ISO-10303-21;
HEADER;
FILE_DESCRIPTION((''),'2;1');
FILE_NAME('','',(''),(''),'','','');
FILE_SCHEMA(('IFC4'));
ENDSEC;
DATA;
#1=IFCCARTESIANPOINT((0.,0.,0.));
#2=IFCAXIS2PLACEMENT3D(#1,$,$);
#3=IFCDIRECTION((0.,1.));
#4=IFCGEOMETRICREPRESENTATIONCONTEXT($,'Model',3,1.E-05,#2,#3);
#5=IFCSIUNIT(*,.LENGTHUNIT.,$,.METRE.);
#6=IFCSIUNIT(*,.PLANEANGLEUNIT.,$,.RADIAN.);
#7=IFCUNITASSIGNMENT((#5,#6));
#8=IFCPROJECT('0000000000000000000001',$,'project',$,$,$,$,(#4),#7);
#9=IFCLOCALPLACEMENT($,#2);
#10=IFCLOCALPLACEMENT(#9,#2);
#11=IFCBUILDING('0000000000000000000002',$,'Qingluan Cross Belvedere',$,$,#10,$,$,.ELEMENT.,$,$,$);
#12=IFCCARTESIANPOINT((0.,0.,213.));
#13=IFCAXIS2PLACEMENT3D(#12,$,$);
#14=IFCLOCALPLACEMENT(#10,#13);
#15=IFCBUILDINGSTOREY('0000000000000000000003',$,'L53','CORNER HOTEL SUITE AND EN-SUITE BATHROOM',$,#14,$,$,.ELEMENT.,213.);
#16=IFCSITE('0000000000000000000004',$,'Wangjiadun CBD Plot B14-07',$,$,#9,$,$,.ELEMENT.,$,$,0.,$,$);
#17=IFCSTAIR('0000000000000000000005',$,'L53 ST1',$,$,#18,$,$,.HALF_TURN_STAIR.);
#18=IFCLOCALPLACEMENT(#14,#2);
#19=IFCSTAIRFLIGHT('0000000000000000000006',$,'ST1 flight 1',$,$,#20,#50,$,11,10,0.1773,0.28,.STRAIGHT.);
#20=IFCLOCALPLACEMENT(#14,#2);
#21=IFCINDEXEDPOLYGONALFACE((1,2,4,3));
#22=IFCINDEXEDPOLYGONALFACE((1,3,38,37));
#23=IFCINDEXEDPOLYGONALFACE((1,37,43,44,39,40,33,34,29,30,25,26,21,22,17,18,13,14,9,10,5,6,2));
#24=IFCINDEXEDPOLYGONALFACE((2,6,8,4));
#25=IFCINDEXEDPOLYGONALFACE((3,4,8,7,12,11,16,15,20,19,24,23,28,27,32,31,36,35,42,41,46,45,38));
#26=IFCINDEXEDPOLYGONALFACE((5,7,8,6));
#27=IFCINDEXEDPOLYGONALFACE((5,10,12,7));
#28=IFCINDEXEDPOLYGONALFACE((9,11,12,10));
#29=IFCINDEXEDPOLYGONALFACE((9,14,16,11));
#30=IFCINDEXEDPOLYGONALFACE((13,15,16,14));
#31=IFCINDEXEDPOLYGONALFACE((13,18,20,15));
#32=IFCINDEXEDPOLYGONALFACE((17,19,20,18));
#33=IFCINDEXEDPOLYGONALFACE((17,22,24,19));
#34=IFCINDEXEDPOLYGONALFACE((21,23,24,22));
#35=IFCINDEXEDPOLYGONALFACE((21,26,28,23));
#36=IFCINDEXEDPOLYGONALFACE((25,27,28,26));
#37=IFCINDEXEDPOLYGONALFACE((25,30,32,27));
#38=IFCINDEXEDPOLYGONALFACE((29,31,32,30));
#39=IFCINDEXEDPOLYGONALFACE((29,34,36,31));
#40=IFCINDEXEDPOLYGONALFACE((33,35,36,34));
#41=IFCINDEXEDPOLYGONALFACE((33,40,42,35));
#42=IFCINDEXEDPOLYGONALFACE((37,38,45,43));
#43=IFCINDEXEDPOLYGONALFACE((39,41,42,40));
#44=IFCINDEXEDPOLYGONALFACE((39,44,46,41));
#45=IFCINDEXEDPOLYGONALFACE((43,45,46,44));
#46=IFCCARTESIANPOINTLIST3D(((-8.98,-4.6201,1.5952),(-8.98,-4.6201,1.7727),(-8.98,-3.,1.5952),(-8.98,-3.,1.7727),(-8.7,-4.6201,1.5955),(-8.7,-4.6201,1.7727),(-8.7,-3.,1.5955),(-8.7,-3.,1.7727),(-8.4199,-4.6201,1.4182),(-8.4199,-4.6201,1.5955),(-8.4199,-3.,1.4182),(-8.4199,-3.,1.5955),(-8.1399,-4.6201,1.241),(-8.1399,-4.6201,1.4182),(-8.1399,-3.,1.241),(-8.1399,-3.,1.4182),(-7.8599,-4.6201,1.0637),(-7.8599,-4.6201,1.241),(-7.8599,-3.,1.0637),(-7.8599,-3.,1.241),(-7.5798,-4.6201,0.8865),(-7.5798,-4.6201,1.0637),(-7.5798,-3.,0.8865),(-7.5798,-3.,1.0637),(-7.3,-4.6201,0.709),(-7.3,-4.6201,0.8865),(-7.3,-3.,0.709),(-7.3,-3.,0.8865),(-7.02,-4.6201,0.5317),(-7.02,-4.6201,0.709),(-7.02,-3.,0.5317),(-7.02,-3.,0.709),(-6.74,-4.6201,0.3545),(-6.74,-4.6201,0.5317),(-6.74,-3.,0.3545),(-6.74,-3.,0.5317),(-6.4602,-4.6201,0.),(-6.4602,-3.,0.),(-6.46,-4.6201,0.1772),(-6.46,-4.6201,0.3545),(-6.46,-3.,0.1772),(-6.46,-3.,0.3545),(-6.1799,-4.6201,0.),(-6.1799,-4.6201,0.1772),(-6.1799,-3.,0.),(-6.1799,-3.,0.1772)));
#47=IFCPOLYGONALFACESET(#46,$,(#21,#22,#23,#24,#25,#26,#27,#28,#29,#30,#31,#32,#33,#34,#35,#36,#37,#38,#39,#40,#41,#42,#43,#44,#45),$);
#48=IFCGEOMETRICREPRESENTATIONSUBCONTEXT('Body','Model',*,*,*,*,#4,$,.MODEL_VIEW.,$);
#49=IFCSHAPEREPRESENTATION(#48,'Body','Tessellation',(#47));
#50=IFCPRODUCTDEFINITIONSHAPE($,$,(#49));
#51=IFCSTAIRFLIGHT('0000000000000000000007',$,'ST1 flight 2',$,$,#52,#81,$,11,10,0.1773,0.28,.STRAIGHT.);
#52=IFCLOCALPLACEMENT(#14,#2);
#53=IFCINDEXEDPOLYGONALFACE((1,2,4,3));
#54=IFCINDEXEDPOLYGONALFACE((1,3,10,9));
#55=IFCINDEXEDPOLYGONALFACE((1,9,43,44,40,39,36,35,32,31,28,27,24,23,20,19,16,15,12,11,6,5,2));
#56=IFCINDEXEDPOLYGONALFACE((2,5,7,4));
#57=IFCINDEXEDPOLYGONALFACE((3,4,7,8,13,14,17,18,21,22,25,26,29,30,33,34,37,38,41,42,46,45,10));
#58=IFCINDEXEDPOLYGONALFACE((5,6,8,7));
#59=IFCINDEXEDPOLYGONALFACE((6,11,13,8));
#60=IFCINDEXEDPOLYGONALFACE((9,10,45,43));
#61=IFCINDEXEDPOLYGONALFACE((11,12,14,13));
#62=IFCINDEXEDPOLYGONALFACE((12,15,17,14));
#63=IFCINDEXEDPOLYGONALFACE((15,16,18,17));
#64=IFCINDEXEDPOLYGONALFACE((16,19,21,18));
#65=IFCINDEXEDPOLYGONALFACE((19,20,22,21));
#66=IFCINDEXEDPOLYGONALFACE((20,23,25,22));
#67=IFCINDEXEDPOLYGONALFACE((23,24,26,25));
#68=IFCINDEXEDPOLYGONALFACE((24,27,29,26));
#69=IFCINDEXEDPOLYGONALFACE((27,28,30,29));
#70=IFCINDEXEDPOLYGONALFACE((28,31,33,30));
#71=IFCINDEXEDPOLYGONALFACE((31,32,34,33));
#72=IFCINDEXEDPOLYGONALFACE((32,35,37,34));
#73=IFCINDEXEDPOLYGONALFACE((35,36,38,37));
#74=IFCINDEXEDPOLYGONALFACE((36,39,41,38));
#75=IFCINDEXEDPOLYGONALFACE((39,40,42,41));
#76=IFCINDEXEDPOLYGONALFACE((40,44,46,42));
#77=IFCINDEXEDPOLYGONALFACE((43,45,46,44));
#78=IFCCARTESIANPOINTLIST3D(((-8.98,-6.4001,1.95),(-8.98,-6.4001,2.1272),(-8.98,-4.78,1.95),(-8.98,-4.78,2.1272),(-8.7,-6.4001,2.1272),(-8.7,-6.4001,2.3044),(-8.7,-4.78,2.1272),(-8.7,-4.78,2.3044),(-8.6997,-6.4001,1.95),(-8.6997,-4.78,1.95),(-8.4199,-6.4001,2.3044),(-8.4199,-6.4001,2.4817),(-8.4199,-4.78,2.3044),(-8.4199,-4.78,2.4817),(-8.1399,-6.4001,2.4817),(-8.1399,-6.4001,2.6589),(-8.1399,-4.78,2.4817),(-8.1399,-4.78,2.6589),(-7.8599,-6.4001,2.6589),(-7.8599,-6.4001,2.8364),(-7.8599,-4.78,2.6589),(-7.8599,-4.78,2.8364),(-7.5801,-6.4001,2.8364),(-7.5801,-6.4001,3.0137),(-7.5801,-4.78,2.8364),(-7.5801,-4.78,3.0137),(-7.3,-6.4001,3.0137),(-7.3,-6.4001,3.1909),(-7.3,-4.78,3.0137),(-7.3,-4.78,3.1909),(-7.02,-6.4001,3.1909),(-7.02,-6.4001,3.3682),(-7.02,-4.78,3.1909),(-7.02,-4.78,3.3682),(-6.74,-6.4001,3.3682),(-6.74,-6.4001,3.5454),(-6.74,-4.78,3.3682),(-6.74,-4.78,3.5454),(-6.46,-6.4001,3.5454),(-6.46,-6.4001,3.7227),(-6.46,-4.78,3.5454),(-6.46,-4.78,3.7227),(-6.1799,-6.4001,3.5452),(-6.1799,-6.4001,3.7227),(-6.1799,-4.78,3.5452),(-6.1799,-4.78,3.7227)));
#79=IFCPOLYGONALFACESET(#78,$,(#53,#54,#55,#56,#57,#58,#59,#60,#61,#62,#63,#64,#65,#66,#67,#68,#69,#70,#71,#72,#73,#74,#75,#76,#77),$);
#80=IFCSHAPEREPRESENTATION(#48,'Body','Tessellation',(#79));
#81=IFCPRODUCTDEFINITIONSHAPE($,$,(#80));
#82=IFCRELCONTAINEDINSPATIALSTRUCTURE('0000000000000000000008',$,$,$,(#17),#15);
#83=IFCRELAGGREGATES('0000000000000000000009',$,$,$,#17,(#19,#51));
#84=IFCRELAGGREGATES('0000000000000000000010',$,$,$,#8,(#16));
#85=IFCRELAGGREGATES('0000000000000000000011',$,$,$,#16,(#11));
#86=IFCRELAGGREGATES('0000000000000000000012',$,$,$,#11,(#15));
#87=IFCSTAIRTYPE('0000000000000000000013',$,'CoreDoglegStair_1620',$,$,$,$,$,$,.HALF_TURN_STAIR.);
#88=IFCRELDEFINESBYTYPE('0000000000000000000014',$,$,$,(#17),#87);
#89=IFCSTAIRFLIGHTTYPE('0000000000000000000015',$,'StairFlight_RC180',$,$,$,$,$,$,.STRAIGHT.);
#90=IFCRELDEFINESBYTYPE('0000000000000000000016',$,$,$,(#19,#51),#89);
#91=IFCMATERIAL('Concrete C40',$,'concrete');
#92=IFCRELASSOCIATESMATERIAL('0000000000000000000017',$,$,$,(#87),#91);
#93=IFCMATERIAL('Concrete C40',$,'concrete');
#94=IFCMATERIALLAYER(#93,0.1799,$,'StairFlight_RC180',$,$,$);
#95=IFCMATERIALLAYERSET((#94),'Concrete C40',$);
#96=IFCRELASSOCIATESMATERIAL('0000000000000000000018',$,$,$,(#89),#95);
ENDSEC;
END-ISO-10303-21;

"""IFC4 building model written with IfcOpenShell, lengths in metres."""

from ifc_helpers import new_model, si_unit, direction, frame, origin, place, context, subcontext, project, spatial, polyline, outline, extrude, material, layer, layer_set, type_object, element, aggregate, save


model = new_model("IFC4")

# Units and contexts
model_context = context("Model", 3, precision=1e-05, world=origin(), true_north=direction((0.0, 1.0)))
body_context = subcontext(model_context, "Body", "Model", "MODEL_VIEW")
ifc_project = project(units=[si_unit("LENGTHUNIT", "METRE"), si_unit("PLANEANGLEUNIT", "RADIAN")], contexts=[model_context])

# Site, building, storey
site_placement = place(None, origin())
site = spatial("IfcSite", under=ifc_project, at=site_placement, Name="Wangjiadun CBD Plot B14-07", CompositionType="ELEMENT", RefElevation=0.0)
building_placement = place(site_placement, origin())
building = spatial("IfcBuilding", under=site, at=building_placement, Name="Qingluan Cross Belvedere", CompositionType="ELEMENT")
storey_placement = place(building_placement, frame((0.0, 0.0, 213.0)))
storey = spatial("IfcBuildingStorey", under=building, at=storey_placement, Name="L53", Description="CORNER HOTEL SUITE AND EN-SUITE BATHROOM", CompositionType="ELEMENT", Elevation=213.0)

# Stair, stair flights
ifc_material_1 = material(Name="Concrete C40", Category="concrete")
stair_type = type_object("IfcStairType", Name="CoreDoglegStair_1620", PredefinedType="HALF_TURN_STAIR", material=ifc_material_1)
stair_placement = place(storey_placement, origin())
stair = element("IfcStair", 1, at=stair_placement, inside=storey, type_object=stair_type, Name="L53 ST1", PredefinedType="HALF_TURN_STAIR")
ifc_material_2 = material(Name="Concrete C40", Category="concrete")
ifc_layer_1 = layer(ifc_material_2, 0.1799, Name="StairFlight_RC180")
ifc_layer_set_1 = layer_set([ifc_layer_1], Name="Concrete C40")
stair_flight_type = type_object("IfcStairFlightType", Name="StairFlight_RC180", PredefinedType="STRAIGHT", material=ifc_layer_set_1)
stair_flight_1_placement = place(storey_placement, frame((-6.1799, -3.8101, 0.0), z_axis=(0.0, 0.0, 1.0), x_axis=(-1.0, 0.0, 0.0)))
stair_flight_1 = element("IfcStairFlight", 2, at=stair_flight_1_placement, type_object=stair_flight_type, Name="ST1 flight 1", NumberOfRisers=11, NumberOfTreads=10, PredefinedType="STRAIGHT", RiserHeight=0.1773, TreadLength=0.28, context=body_context, shape_type="SweptSolid", body=[
    extrude(outline(polyline([(0.0, 0.0), (0.0, 0.1772), (0.28, 0.1772), (0.28, 0.3545), (0.5601, 0.3545), (0.5601, 0.5317), (0.8401, 0.5317), (0.8401, 0.709), (1.1201, 0.709), (1.1201, 0.8865), (1.3999, 0.8865), (1.3999, 1.0637), (1.6799, 1.0637), (1.6799, 1.241), (1.96, 1.241), (1.96, 1.4182), (2.24, 1.4182), (2.24, 1.5955), (2.52, 1.5955), (2.52, 1.7727), (2.8, 1.7727), (2.8, 1.95), (2.8, 1.5952), (0.2803, 0.0), (0.0, 0.0)])), frame((0.0, 0.8101, 0.0), z_axis=(0.0, -1.0, 0.0), x_axis=(1.0, 0.0, 0.0)), (0.0, 0.0, 1.0), 1.6201),
])
stair_flight_2_placement = place(storey_placement, frame((-8.98, -5.5901, 1.95), z_axis=(0.0, 0.0, 1.0), x_axis=(1.0, 0.0, 0.0)))
stair_flight_2 = element("IfcStairFlight", 3, at=stair_flight_2_placement, type_object=stair_flight_type, Name="ST1 flight 2", NumberOfRisers=11, NumberOfTreads=10, PredefinedType="STRAIGHT", RiserHeight=0.1773, TreadLength=0.28, context=body_context, shape_type="SweptSolid", body=[
    extrude(outline(polyline([(0.0, 0.0), (0.0, 0.1772), (0.28, 0.1772), (0.28, 0.3545), (0.5601, 0.3545), (0.5601, 0.5317), (0.8401, 0.5317), (0.8401, 0.709), (1.1201, 0.709), (1.1201, 0.8865), (1.3999, 0.8865), (1.3999, 1.0637), (1.6799, 1.0637), (1.6799, 1.241), (1.96, 1.241), (1.96, 1.4182), (2.24, 1.4182), (2.24, 1.5955), (2.52, 1.5955), (2.52, 1.7727), (2.8, 1.7727), (2.8, 1.95), (2.8, 1.5952), (0.2803, 0.0), (0.0, 0.0)])), frame((0.0, 0.8101, 0.0), z_axis=(0.0, -1.0, 0.0), x_axis=(1.0, 0.0, 0.0)), (0.0, 0.0, 1.0), 1.6201),
])
aggregate(stair, [stair_flight_1, stair_flight_2])

save(model, "model.ifc")
